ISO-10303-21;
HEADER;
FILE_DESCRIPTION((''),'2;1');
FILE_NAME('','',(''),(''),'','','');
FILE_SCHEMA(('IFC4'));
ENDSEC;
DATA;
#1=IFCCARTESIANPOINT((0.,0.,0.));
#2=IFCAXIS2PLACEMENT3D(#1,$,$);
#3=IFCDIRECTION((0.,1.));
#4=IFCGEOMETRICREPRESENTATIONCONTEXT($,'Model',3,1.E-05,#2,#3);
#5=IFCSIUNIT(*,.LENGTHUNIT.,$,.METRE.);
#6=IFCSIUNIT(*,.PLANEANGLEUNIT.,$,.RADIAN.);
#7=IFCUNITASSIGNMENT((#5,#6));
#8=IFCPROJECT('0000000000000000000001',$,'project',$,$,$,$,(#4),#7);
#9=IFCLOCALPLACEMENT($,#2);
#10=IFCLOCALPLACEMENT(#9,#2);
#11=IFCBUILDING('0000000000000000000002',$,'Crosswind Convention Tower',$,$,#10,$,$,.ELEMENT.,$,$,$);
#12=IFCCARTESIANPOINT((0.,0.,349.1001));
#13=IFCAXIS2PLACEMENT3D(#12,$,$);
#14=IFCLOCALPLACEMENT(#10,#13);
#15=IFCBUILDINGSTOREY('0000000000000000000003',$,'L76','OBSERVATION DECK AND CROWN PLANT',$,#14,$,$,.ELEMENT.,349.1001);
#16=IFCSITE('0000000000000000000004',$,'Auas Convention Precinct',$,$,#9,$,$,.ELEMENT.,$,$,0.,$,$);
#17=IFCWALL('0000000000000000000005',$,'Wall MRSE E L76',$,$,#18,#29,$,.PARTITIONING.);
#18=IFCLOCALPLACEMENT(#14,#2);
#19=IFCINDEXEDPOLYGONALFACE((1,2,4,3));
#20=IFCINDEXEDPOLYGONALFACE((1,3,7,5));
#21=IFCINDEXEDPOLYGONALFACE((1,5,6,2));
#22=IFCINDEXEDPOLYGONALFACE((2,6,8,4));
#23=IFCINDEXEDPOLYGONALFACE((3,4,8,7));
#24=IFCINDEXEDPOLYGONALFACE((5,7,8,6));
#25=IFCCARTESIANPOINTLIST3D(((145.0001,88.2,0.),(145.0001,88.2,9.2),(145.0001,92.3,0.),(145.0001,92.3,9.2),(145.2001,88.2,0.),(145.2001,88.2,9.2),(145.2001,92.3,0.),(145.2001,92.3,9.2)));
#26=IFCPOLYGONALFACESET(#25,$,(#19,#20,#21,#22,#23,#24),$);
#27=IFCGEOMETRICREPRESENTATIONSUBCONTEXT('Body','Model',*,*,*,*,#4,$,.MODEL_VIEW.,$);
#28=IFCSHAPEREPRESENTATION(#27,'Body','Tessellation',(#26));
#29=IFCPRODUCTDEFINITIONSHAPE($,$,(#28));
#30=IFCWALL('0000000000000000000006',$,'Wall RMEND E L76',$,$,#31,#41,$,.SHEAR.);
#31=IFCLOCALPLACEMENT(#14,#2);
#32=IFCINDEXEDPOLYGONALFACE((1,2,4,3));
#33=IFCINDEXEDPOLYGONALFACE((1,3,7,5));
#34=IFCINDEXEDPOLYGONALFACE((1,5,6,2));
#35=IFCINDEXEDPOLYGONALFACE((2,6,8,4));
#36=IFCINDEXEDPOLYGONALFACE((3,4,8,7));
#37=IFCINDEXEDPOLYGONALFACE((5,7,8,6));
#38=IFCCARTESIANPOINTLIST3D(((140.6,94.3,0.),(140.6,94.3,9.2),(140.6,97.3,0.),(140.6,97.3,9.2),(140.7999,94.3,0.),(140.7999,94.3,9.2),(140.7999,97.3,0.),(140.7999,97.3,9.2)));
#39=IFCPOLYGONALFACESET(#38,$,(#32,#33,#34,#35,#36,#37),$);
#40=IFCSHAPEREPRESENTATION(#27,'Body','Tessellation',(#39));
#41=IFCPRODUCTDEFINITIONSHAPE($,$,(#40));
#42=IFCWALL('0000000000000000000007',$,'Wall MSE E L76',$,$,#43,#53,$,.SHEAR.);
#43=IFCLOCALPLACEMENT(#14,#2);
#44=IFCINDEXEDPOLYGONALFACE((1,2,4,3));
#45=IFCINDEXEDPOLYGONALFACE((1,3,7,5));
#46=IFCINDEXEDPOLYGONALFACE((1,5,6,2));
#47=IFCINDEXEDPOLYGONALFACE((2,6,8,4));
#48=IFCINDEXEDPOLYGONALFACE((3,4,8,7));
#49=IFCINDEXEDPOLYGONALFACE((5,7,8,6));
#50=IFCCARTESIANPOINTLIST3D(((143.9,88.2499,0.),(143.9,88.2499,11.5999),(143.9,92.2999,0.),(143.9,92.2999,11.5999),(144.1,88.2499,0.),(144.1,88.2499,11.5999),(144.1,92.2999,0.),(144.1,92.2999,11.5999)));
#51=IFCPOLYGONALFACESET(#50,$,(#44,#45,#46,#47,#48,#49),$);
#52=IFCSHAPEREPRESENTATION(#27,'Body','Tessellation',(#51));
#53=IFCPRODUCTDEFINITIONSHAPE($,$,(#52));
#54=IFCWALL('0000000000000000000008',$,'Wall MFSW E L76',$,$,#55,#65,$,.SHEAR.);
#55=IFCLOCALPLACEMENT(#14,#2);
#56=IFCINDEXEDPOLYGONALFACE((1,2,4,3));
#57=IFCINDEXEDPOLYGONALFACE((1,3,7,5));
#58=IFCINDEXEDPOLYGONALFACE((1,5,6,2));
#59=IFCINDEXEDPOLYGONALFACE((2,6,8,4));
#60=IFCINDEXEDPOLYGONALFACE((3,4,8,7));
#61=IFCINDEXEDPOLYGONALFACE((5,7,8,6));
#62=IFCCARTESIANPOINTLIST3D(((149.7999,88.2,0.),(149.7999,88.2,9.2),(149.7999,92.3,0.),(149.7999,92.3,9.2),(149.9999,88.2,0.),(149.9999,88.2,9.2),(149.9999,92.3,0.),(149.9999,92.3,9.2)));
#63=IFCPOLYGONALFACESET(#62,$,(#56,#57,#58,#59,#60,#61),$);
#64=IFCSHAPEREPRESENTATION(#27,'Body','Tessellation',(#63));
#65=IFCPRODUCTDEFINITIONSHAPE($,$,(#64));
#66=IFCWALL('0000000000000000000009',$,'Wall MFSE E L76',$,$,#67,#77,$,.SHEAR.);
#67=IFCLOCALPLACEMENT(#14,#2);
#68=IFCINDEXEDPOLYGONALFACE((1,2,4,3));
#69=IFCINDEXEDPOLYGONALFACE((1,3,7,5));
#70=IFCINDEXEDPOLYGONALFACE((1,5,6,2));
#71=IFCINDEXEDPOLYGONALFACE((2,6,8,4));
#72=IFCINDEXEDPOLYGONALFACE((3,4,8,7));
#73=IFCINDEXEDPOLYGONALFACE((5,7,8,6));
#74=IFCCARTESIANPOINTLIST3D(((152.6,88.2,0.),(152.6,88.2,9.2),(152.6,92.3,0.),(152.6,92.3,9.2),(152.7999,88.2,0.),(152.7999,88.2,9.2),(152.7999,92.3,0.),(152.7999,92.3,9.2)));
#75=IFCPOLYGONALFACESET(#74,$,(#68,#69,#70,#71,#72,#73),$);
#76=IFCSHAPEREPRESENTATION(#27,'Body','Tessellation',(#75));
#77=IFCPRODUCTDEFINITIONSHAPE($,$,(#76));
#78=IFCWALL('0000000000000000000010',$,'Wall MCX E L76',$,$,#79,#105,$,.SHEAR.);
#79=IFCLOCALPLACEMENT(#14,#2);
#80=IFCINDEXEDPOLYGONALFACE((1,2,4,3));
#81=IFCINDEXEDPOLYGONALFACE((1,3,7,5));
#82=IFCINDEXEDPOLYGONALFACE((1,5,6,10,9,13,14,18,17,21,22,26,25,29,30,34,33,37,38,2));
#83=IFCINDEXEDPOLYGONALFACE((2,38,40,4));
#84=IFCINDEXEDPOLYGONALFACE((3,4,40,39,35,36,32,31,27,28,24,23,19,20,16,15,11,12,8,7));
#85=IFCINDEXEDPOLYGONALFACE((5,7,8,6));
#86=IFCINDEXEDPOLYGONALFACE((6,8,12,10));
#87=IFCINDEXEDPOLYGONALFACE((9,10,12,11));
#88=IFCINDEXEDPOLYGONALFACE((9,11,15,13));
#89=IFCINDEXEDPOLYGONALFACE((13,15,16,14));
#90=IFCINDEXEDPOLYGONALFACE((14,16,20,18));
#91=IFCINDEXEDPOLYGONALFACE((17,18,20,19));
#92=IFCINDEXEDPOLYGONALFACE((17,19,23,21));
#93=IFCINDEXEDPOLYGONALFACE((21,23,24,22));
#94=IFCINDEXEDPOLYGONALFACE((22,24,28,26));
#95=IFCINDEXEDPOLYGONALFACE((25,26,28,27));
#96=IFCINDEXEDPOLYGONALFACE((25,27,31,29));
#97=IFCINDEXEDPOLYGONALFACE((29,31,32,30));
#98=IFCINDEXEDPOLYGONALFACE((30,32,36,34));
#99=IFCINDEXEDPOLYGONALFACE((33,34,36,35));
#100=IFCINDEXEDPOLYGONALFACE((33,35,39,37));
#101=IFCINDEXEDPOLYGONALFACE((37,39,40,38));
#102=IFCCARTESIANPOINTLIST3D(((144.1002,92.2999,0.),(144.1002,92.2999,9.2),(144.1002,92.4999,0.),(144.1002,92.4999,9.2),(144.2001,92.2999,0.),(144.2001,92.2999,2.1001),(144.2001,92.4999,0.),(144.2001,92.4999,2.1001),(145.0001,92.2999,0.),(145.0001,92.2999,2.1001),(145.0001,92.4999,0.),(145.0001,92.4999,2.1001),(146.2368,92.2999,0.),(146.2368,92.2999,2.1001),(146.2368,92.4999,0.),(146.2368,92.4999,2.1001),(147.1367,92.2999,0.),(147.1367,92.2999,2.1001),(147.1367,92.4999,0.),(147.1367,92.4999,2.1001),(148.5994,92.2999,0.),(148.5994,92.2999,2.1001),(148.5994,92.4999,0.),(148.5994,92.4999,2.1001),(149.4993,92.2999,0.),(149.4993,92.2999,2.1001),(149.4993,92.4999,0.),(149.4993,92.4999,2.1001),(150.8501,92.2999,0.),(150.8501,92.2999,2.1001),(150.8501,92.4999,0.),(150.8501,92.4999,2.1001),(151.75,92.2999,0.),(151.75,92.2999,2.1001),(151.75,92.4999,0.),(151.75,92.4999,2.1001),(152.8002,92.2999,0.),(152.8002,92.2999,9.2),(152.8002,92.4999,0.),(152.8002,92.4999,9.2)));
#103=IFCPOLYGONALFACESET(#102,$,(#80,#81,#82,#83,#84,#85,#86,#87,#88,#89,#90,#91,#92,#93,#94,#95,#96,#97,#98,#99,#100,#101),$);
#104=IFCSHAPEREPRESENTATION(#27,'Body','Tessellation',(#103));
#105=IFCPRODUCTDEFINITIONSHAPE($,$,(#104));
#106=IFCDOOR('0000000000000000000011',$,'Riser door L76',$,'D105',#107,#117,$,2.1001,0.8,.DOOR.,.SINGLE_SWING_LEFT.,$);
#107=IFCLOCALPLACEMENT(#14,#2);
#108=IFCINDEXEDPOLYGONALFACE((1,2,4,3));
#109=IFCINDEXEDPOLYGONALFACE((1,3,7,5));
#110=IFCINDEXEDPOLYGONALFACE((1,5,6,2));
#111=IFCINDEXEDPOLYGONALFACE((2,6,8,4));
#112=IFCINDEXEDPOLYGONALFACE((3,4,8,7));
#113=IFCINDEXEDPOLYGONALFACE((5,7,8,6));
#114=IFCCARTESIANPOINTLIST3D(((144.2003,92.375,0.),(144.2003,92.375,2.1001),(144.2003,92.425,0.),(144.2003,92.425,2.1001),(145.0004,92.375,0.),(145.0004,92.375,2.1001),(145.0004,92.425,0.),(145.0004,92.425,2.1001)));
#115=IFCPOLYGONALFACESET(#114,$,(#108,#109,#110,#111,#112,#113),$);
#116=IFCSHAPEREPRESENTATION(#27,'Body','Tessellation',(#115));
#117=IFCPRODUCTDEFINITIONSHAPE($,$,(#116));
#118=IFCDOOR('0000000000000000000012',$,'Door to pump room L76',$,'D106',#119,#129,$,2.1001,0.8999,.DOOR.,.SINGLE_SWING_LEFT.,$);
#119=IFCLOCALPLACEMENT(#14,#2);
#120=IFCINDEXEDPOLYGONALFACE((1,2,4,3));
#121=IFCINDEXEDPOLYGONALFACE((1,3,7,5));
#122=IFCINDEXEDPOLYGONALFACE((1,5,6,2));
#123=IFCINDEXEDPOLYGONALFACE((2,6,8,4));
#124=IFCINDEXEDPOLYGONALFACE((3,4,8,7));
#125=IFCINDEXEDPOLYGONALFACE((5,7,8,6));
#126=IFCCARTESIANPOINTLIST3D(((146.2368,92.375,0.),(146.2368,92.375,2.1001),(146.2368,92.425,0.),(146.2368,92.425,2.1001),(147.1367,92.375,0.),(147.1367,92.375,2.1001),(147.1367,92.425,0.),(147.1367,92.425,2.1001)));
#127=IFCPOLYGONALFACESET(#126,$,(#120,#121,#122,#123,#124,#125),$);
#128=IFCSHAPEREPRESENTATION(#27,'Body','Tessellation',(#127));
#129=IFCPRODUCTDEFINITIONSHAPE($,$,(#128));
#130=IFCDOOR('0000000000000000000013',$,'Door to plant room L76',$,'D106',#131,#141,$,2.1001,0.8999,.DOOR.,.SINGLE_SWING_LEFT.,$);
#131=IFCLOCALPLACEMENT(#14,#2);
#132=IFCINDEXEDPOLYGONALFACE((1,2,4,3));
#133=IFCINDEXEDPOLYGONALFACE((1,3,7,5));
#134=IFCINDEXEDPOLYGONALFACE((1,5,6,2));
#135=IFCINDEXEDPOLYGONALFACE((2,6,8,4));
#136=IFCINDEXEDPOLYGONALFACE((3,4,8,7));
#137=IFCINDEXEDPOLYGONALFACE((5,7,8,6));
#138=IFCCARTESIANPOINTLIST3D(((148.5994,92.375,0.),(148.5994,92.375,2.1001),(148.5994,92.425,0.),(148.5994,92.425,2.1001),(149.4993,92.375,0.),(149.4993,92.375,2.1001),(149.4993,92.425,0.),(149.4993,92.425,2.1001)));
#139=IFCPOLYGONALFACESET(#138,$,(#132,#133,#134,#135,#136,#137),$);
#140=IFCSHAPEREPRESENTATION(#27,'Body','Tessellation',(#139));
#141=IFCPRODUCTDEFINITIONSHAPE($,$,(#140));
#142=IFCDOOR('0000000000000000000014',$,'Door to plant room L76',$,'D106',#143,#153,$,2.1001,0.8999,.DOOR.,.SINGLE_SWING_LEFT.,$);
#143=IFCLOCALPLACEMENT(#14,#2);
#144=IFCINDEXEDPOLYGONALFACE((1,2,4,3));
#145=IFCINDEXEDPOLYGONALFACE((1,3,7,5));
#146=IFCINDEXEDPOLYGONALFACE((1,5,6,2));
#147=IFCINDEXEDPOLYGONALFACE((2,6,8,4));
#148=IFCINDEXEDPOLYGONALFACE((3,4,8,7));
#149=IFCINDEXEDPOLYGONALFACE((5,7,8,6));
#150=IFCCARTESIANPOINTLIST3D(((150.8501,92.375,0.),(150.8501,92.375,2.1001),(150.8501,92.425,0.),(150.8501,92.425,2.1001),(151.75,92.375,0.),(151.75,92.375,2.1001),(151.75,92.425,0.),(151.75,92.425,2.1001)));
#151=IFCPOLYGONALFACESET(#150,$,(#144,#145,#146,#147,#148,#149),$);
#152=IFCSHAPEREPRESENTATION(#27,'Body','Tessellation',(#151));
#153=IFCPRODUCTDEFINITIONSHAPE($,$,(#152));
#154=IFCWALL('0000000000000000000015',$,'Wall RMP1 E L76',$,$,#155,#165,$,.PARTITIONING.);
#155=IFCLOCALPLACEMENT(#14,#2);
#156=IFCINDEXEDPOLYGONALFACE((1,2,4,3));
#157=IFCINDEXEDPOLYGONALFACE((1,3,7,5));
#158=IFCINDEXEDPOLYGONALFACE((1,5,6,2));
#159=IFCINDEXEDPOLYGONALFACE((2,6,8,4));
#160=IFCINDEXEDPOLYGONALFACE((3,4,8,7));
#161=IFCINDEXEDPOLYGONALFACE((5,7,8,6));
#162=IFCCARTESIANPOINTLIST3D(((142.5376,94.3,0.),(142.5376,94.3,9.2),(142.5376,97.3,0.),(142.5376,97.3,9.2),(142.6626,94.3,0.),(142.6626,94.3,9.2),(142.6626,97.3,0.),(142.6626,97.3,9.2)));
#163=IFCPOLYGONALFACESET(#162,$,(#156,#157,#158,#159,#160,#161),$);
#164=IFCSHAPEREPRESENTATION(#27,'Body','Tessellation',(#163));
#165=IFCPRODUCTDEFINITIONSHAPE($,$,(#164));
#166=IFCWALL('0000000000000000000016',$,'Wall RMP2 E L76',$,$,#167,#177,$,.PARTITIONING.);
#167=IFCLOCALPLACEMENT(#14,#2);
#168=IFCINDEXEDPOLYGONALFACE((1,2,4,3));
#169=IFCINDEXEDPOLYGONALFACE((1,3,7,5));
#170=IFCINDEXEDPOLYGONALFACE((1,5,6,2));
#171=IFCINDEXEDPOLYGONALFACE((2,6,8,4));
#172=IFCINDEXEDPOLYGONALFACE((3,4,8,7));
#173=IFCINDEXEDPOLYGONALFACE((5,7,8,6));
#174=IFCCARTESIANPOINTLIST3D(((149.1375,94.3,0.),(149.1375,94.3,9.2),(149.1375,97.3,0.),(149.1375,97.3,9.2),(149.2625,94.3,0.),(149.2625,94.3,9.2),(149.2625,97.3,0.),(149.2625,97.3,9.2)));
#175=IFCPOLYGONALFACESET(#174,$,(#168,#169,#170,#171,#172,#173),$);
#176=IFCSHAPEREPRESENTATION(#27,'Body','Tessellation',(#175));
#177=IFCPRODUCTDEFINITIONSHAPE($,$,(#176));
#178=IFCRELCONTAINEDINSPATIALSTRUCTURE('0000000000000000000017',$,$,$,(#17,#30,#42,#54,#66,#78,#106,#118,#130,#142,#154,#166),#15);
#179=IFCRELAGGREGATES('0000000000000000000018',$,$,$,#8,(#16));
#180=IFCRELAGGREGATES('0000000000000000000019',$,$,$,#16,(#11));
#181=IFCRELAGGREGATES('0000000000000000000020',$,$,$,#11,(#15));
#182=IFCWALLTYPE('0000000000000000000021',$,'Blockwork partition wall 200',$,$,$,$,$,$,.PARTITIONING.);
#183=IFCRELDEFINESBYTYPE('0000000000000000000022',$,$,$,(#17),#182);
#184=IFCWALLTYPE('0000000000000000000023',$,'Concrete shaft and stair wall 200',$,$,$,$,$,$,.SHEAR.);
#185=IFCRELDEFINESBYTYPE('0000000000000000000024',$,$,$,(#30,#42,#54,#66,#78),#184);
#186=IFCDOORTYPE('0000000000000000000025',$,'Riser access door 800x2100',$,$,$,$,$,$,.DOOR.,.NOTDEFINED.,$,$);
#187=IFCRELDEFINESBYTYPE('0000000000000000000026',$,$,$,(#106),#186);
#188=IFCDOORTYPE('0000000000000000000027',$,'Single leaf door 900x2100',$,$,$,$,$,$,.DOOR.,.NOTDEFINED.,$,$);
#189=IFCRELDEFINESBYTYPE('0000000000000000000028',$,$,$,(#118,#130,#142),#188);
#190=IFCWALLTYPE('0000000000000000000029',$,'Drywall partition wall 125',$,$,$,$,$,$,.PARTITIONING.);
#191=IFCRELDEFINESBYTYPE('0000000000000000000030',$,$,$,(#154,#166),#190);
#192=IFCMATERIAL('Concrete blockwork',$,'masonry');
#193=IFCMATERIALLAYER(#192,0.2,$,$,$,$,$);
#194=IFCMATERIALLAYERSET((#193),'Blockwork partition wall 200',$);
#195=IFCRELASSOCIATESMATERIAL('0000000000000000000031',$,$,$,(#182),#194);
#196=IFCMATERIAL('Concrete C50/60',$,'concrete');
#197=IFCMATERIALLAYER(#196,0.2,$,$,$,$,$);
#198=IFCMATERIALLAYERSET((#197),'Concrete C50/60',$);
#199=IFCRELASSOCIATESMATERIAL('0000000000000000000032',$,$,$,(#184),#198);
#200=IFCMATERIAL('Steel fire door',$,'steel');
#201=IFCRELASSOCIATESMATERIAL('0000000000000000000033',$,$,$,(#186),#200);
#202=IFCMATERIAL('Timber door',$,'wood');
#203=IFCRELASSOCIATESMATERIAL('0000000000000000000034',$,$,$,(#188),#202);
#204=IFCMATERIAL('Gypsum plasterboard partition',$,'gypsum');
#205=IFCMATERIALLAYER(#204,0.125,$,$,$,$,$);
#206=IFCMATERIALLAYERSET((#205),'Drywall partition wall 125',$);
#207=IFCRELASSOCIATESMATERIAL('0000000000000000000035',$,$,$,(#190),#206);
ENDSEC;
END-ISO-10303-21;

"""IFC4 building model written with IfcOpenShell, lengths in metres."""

from ifc_helpers import new_model, si_unit, direction, frame, frame_2d, origin, place, context, subcontext, project, spatial, rectangle, extrude, material, layer, layer_set, type_object, element, fill, save


model = new_model("IFC4")

# Units and contexts
model_context = context("Model", 3, precision=1e-05, world=origin(), true_north=direction((0.0, 1.0)))
body_context = subcontext(model_context, "Body", "Model", "MODEL_VIEW")
ifc_project = project(units=[si_unit("LENGTHUNIT", "METRE"), si_unit("PLANEANGLEUNIT", "RADIAN")], contexts=[model_context])

# Site, building, storey
site_placement = place(None, origin())
site = spatial("IfcSite", under=ifc_project, at=site_placement, Name="Auas Convention Precinct", CompositionType="ELEMENT", RefElevation=0.0)
building_placement = place(site_placement, origin())
building = spatial("IfcBuilding", under=site, at=building_placement, Name="Crosswind Convention Tower", CompositionType="ELEMENT")
storey_placement = place(building_placement, frame((0.0, 0.0, 349.1001)))
storey = spatial("IfcBuildingStorey", under=building, at=storey_placement, Name="L76", Description="OBSERVATION DECK AND CROWN PLANT", CompositionType="ELEMENT", Elevation=349.1001)

# Walls
ifc_material_1 = material(Name="Concrete blockwork", Category="masonry")
ifc_layer_1 = layer(ifc_material_1, 0.2)
ifc_layer_set_1 = layer_set([ifc_layer_1], Name="Blockwork partition wall 200")
wall_type_1 = type_object("IfcWallType", Name="Blockwork partition wall 200", PredefinedType="PARTITIONING", material=ifc_layer_set_1)
wall_1_placement = place(storey_placement, frame((145.1001, 88.2, 0.0), z_axis=(0.0, 0.0, 1.0), x_axis=(0.0, 1.0, 0.0)))
element("IfcWall", 1, at=wall_1_placement, inside=storey, type_object=wall_type_1, Name="Wall MRSE E L76", PredefinedType="PARTITIONING", context=body_context, shape_type="SweptSolid", body=[
    extrude(rectangle(XDim=4.1001, YDim=0.2, at=frame_2d((2.05, 0.0))), origin(), (0.0, 0.0, 1.0), 9.2),
])
ifc_material_2 = material(Name="Concrete C50/60", Category="concrete")
ifc_layer_2 = layer(ifc_material_2, 0.2)
ifc_layer_set_2 = layer_set([ifc_layer_2], Name="Concrete C50/60")
wall_type_2 = type_object("IfcWallType", Name="Concrete shaft and stair wall 200", PredefinedType="SHEAR", material=ifc_layer_set_2)
wall_2_placement = place(storey_placement, frame((140.7, 94.3, 0.0), z_axis=(0.0, 0.0, 1.0), x_axis=(0.0, 1.0, 0.0)))
element("IfcWall", 2, at=wall_2_placement, inside=storey, type_object=wall_type_2, Name="Wall RMEND E L76", PredefinedType="SHEAR", context=body_context, shape_type="SweptSolid", body=[
    extrude(rectangle(XDim=3.0, YDim=0.2, at=frame_2d((1.5, 0.0))), origin(), (0.0, 0.0, 1.0), 9.2),
])
wall_3_placement = place(storey_placement, frame((144.0, 88.25, 0.0), z_axis=(0.0, 0.0, 1.0), x_axis=(0.0, 1.0, 0.0)))
element("IfcWall", 3, at=wall_3_placement, inside=storey, type_object=wall_type_2, Name="Wall MSE E L76", PredefinedType="SHEAR", context=body_context, shape_type="SweptSolid", body=[
    extrude(rectangle(XDim=4.05, YDim=0.2, at=frame_2d((2.0249, 0.0))), origin(), (0.0, 0.0, 1.0), 11.5999),
])
for number, where, z_axis, x_axis, name in (
    (4, (149.8999, 88.2, 0.0), (0.0, 0.0, 1.0), (0.0, 1.0, 0.0), "Wall MFSW E L76"),
    (5, (152.7, 88.2, 0.0), (0.0, 0.0, 1.0), (0.0, 1.0, 0.0), "Wall MFSE E L76"),
):
    element("IfcWall", number, at=place(storey_placement, frame(where, z_axis=z_axis, x_axis=x_axis)), inside=storey, type_object=wall_type_2, Name=name, PredefinedType="SHEAR", context=body_context, shape_type="SweptSolid", body=[
        extrude(rectangle(XDim=4.1001, YDim=0.2, at=frame_2d((2.05, 0.0))), origin(), (0.0, 0.0, 1.0), 9.2),
    ])

# Wall, openings, doors
wall_4_placement = place(storey_placement, frame((144.1001, 92.3999, 0.0), z_axis=(0.0, 0.0, 1.0), x_axis=(1.0, 0.0, 0.0)))
wall_4 = element("IfcWall", 6, at=wall_4_placement, inside=storey, type_object=wall_type_2, Name="Wall MCX E L76", PredefinedType="SHEAR", context=body_context, shape_type="SweptSolid", body=[
    extrude(rectangle(XDim=8.7, YDim=0.2, at=frame_2d((4.3501, 0.0))), origin(), (0.0, 0.0, 1.0), 9.2),
])
opening_1_placement = place(wall_4_placement, frame((0.1001, 0.0, 0.0)))
opening_1 = element("IfcOpeningElement", 7, at=opening_1_placement, cuts=wall_4, PredefinedType="OPENING", context=body_context, shape_type="SweptSolid", body=[
    extrude(rectangle(XDim=0.8, YDim=2.1001, at=frame_2d((0.3999, 1.05))), frame((0.0, 0.1099, 0.0), z_axis=(0.0, -1.0, 0.0), x_axis=(1.0, 0.0, 0.0)), (0.0, 0.0, 1.0), 0.22),
])
opening_2_placement = place(wall_4_placement, frame((2.1367, 0.0, 0.0)))
opening_2 = element("IfcOpeningElement", 8, at=opening_2_placement, cuts=wall_4, PredefinedType="OPENING", context=body_context, shape_type="SweptSolid", body=[
    extrude(rectangle(XDim=0.8999, YDim=2.1001, at=frame_2d((0.45, 1.05))), frame((0.0, 0.1099, 0.0), z_axis=(0.0, -1.0, 0.0), x_axis=(1.0, 0.0, 0.0)), (0.0, 0.0, 1.0), 0.22),
])
opening_3_placement = place(wall_4_placement, frame((4.4993, 0.0, 0.0)))
opening_3 = element("IfcOpeningElement", 9, at=opening_3_placement, cuts=wall_4, PredefinedType="OPENING", context=body_context, shape_type="SweptSolid", body=[
    extrude(rectangle(XDim=0.8999, YDim=2.1001, at=frame_2d((0.45, 1.05))), frame((0.0, 0.1099, 0.0), z_axis=(0.0, -1.0, 0.0), x_axis=(1.0, 0.0, 0.0)), (0.0, 0.0, 1.0), 0.22),
])
opening_4_placement = place(wall_4_placement, frame((6.75, 0.0, 0.0)))
opening_4 = element("IfcOpeningElement", 10, at=opening_4_placement, cuts=wall_4, PredefinedType="OPENING", context=body_context, shape_type="SweptSolid", body=[
    extrude(rectangle(XDim=0.8999, YDim=2.1001, at=frame_2d((0.45, 1.05))), frame((0.0, 0.1099, 0.0), z_axis=(0.0, -1.0, 0.0), x_axis=(1.0, 0.0, 0.0)), (0.0, 0.0, 1.0), 0.22),
])
ifc_material_3 = material(Name="Steel fire door", Category="steel")
door_type_1 = type_object("IfcDoorType", Name="Riser access door 800x2100", OperationType="NOTDEFINED", PredefinedType="DOOR", material=ifc_material_3)
door_1_placement = place(opening_1_placement, frame((0.8, 0.0, 0.0), z_axis=(0.0, 0.0, 1.0), x_axis=(-1.0, 0.0, 0.0)))
door_1 = element("IfcDoor", 11, at=door_1_placement, inside=storey, type_object=door_type_1, Name="Riser door L76", ObjectType="D105", OperationType="SINGLE_SWING_LEFT", OverallHeight=2.1001, OverallWidth=0.8, PredefinedType="DOOR", context=body_context, shape_type="SweptSolid", body=[
    extrude(rectangle(XDim=0.8, YDim=2.1001, at=frame_2d((0.3999, 1.05))), frame((0.0, 0.0249, 0.0), z_axis=(0.0, -1.0, 0.0), x_axis=(1.0, 0.0, 0.0)), (0.0, 0.0, 1.0), 0.05),
])
fill(opening_1, door_1)
ifc_material_4 = material(Name="Timber door", Category="wood")
door_type_2 = type_object("IfcDoorType", Name="Single leaf door 900x2100", OperationType="NOTDEFINED", PredefinedType="DOOR", material=ifc_material_4)
door_2_placement = place(opening_2_placement, frame((0.8999, 0.0, 0.0), z_axis=(0.0, 0.0, 1.0), x_axis=(-1.0, 0.0, 0.0)))
door_2 = element("IfcDoor", 12, at=door_2_placement, inside=storey, type_object=door_type_2, Name="Door to pump room L76", ObjectType="D106", OperationType="SINGLE_SWING_LEFT", OverallHeight=2.1001, OverallWidth=0.8999, PredefinedType="DOOR", context=body_context, shape_type="SweptSolid", body=[
    extrude(rectangle(XDim=0.8999, YDim=2.1001, at=frame_2d((0.45, 1.05))), frame((0.0, 0.0249, 0.0), z_axis=(0.0, -1.0, 0.0), x_axis=(1.0, 0.0, 0.0)), (0.0, 0.0, 1.0), 0.05),
])
fill(opening_2, door_2)
door_3_placement = place(opening_3_placement, frame((0.8999, 0.0, 0.0), z_axis=(0.0, 0.0, 1.0), x_axis=(-1.0, 0.0, 0.0)))
door_3 = element("IfcDoor", 13, at=door_3_placement, inside=storey, type_object=door_type_2, Name="Door to plant room L76", ObjectType="D106", OperationType="SINGLE_SWING_LEFT", OverallHeight=2.1001, OverallWidth=0.8999, PredefinedType="DOOR", context=body_context, shape_type="SweptSolid", body=[
    extrude(rectangle(XDim=0.8999, YDim=2.1001, at=frame_2d((0.45, 1.05))), frame((0.0, 0.0249, 0.0), z_axis=(0.0, -1.0, 0.0), x_axis=(1.0, 0.0, 0.0)), (0.0, 0.0, 1.0), 0.05),
])
fill(opening_3, door_3)
door_4_placement = place(opening_4_placement, frame((0.8999, 0.0, 0.0), z_axis=(0.0, 0.0, 1.0), x_axis=(-1.0, 0.0, 0.0)))
door_4 = element("IfcDoor", 14, at=door_4_placement, inside=storey, type_object=door_type_2, Name="Door to plant room L76", ObjectType="D106", OperationType="SINGLE_SWING_LEFT", OverallHeight=2.1001, OverallWidth=0.8999, PredefinedType="DOOR", context=body_context, shape_type="SweptSolid", body=[
    extrude(rectangle(XDim=0.8999, YDim=2.1001, at=frame_2d((0.45, 1.05))), frame((0.0, 0.0249, 0.0), z_axis=(0.0, -1.0, 0.0), x_axis=(1.0, 0.0, 0.0)), (0.0, 0.0, 1.0), 0.05),
])
fill(opening_4, door_4)

# Walls
ifc_material_5 = material(Name="Gypsum plasterboard partition", Category="gypsum")
ifc_layer_3 = layer(ifc_material_5, 0.125)
ifc_layer_set_3 = layer_set([ifc_layer_3], Name="Drywall partition wall 125")
wall_type_3 = type_object("IfcWallType", Name="Drywall partition wall 125", PredefinedType="PARTITIONING", material=ifc_layer_set_3)
for number, where, z_axis, x_axis, name in (
    (15, (142.6001, 94.3, 0.0), (0.0, 0.0, 1.0), (0.0, 1.0, 0.0), "Wall RMP1 E L76"),
    (16, (149.2, 94.3, 0.0), (0.0, 0.0, 1.0), (0.0, 1.0, 0.0), "Wall RMP2 E L76"),
):
    element("IfcWall", number, at=place(storey_placement, frame(where, z_axis=z_axis, x_axis=x_axis)), inside=storey, type_object=wall_type_3, Name=name, PredefinedType="PARTITIONING", context=body_context, shape_type="SweptSolid", body=[
        extrude(rectangle(XDim=3.0, YDim=0.125, at=frame_2d((1.5, 0.0))), origin(), (0.0, 0.0, 1.0), 9.2),
    ])

save(model, "model.ifc")
